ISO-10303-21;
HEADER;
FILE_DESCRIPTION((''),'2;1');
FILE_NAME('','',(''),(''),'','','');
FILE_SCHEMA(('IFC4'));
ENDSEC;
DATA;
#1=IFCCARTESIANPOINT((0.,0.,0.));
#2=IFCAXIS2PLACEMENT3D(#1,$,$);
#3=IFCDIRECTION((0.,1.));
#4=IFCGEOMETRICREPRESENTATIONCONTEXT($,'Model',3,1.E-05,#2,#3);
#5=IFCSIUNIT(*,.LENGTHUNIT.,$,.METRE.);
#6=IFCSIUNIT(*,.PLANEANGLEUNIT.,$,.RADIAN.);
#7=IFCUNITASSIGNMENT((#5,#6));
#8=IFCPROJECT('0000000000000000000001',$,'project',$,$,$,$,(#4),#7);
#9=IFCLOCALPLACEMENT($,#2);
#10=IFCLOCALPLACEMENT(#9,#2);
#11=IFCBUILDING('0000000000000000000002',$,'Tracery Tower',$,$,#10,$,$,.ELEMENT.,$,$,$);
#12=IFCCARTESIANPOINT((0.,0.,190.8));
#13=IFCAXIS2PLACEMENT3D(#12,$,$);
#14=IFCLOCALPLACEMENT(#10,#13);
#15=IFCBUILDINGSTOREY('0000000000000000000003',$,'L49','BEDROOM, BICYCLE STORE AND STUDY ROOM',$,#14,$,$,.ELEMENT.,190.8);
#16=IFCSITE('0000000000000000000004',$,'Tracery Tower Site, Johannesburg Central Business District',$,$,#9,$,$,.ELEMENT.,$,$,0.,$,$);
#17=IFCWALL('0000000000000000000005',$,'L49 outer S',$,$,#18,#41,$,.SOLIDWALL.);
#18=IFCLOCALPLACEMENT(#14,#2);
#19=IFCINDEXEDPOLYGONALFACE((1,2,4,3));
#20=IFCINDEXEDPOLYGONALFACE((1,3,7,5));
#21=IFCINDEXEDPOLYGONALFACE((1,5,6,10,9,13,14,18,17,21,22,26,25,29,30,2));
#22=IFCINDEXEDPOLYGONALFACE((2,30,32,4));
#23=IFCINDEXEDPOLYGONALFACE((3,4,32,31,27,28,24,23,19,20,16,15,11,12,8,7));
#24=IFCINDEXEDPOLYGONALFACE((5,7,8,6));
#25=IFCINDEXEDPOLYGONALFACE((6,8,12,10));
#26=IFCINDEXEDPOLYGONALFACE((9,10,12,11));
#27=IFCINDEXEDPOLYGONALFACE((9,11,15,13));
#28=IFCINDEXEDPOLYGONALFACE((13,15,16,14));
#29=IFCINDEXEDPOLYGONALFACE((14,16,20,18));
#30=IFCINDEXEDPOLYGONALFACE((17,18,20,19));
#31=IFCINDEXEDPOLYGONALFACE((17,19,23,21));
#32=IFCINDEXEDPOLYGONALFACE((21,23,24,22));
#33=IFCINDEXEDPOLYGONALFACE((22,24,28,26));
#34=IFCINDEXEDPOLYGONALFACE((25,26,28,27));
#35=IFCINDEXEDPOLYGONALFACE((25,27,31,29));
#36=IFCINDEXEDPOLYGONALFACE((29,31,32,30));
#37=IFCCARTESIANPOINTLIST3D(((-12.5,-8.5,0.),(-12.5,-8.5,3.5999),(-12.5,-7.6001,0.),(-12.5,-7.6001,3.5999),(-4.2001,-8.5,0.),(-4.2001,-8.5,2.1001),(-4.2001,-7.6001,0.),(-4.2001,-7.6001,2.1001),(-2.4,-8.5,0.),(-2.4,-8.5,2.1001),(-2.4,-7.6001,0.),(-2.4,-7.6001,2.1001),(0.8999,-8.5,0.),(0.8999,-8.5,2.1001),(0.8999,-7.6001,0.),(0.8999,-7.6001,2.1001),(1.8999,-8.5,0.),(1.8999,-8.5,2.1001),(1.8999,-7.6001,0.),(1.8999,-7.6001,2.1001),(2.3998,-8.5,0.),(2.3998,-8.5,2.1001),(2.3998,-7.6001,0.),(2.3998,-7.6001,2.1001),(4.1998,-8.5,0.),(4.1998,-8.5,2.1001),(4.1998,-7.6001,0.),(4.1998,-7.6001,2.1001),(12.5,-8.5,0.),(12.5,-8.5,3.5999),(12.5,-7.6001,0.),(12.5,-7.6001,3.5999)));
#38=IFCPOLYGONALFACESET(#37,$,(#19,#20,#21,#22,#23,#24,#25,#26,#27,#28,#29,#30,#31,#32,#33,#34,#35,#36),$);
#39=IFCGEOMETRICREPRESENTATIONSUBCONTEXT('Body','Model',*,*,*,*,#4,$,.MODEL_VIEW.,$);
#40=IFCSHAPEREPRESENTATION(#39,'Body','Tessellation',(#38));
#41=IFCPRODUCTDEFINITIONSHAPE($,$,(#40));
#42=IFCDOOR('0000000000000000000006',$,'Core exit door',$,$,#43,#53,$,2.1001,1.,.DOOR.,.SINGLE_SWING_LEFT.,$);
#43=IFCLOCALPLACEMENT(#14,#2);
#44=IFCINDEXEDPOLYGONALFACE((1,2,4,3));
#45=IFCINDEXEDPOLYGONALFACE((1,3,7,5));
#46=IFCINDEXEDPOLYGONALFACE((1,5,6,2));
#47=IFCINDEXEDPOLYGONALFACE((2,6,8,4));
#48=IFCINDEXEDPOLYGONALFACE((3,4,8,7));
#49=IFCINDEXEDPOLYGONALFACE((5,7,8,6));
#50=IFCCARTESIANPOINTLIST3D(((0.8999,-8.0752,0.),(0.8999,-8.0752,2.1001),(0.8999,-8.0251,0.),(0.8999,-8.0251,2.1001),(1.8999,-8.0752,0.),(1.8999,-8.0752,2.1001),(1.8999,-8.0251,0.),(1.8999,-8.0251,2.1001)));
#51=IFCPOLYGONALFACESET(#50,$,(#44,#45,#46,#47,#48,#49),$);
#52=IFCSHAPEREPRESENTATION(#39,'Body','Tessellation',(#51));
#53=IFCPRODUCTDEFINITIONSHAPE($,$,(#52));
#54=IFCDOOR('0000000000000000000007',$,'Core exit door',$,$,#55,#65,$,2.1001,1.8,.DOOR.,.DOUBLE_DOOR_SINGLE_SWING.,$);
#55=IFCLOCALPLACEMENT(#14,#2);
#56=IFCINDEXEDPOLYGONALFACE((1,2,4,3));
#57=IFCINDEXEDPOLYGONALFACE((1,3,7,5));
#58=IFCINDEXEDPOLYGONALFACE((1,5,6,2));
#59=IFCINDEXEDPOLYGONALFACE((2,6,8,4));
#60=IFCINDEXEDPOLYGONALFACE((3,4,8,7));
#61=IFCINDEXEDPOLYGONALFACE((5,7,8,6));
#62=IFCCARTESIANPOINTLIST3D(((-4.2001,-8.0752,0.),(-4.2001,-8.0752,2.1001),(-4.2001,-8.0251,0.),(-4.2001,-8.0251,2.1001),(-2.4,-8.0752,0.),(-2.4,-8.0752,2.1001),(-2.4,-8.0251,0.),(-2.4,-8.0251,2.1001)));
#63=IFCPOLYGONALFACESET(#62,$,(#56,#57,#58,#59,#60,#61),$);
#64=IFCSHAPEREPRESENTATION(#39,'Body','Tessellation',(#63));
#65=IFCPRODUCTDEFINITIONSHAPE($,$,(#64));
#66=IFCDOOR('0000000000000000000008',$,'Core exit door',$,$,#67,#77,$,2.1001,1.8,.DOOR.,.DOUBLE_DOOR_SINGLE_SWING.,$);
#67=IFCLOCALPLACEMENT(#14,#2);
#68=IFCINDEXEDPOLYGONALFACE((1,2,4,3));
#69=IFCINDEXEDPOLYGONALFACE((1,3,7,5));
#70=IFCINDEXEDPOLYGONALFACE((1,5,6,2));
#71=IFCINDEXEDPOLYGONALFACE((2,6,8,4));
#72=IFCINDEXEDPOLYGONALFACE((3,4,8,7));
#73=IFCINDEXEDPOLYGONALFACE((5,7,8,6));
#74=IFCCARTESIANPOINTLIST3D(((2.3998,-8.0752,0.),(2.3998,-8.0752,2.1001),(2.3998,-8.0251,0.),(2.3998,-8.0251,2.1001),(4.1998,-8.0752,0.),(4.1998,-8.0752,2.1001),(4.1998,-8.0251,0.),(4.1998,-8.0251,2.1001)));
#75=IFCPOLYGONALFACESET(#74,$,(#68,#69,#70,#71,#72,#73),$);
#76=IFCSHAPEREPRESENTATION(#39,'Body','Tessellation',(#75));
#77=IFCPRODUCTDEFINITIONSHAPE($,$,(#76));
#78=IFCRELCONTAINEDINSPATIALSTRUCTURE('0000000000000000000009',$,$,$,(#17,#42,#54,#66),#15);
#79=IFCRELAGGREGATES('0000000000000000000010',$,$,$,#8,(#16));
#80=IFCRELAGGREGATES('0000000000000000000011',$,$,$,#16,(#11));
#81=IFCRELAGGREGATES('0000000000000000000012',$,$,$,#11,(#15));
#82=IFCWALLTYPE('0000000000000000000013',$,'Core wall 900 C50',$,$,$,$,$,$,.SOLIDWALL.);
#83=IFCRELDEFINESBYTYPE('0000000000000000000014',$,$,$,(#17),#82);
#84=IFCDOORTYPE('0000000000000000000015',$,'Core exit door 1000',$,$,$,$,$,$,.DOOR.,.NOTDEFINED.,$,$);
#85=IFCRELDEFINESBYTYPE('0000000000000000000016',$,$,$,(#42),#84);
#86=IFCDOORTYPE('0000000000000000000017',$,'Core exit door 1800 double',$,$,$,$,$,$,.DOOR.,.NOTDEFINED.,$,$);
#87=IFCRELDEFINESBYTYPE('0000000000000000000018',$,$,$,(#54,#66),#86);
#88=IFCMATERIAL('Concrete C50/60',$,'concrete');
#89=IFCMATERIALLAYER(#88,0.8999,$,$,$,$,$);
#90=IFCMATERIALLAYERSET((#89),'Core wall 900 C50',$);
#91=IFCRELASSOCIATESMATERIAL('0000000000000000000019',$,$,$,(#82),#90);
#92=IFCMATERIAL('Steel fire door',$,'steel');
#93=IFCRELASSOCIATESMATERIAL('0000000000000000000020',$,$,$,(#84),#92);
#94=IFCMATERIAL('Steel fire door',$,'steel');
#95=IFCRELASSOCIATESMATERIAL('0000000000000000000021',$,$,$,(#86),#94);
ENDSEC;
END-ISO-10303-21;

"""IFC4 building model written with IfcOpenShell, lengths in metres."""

from ifc_helpers import new_model, si_unit, direction, frame, frame_2d, origin, place, context, subcontext, project, spatial, rectangle, extrude, material, layer, layer_set, type_object, element, fill, save


model = new_model("IFC4")

# Units and contexts
model_context = context("Model", 3, precision=1e-05, world=origin(), true_north=direction((0.0, 1.0)))
body_context = subcontext(model_context, "Body", "Model", "MODEL_VIEW")
ifc_project = project(units=[si_unit("LENGTHUNIT", "METRE"), si_unit("PLANEANGLEUNIT", "RADIAN")], contexts=[model_context])

# Site, building, storey
site_placement = place(None, origin())
site = spatial("IfcSite", under=ifc_project, at=site_placement, Name="Tracery Tower Site, Johannesburg Central Business District", CompositionType="ELEMENT", RefElevation=0.0)
building_placement = place(site_placement, origin())
building = spatial("IfcBuilding", under=site, at=building_placement, Name="Tracery Tower", CompositionType="ELEMENT")
storey_placement = place(building_placement, frame((0.0, 0.0, 190.8)))
storey = spatial("IfcBuildingStorey", under=building, at=storey_placement, Name="L49", Description="BEDROOM, BICYCLE STORE AND STUDY ROOM", CompositionType="ELEMENT", Elevation=190.8)

# Wall, openings, doors
ifc_material_1 = material(Name="Concrete C50/60", Category="concrete")
ifc_layer_1 = layer(ifc_material_1, 0.8999)
ifc_layer_set_1 = layer_set([ifc_layer_1], Name="Core wall 900 C50")
wall_type_1 = type_object("IfcWallType", Name="Core wall 900 C50", PredefinedType="SOLIDWALL", material=ifc_layer_set_1)
wall_1_placement = place(storey_placement, frame((-12.5, -8.05, 0.0), z_axis=(0.0, 0.0, 1.0), x_axis=(1.0, 0.0, 0.0)))
wall_1 = element("IfcWall", 1, at=wall_1_placement, inside=storey, type_object=wall_type_1, Name="L49 outer S", PredefinedType="SOLIDWALL", context=body_context, shape_type="SweptSolid", body=[
    extrude(rectangle(XDim=25.0, YDim=0.8999, at=frame_2d((12.5, 0.0))), origin(), (0.0, 0.0, 1.0), 3.5999),
])
opening_1_placement = place(wall_1_placement, frame((13.3999, 0.0, 0.0)))
opening_1 = element("IfcOpeningElement", 2, at=opening_1_placement, cuts=wall_1, PredefinedType="OPENING", context=body_context, shape_type="SweptSolid", body=[
    extrude(rectangle(XDim=1.0, YDim=2.1001, at=frame_2d((0.5, 1.05))), frame((0.0, 0.45, 0.0), z_axis=(0.0, -1.0, 0.0), x_axis=(1.0, 0.0, 0.0)), (0.0, 0.0, 1.0), 0.8999),
])
opening_2_placement = place(wall_1_placement, frame((8.3, 0.0, 0.0)))
opening_2 = element("IfcOpeningElement", 3, at=opening_2_placement, cuts=wall_1, PredefinedType="OPENING", context=body_context, shape_type="SweptSolid", body=[
    extrude(rectangle(XDim=1.8, YDim=2.1001, at=frame_2d((0.8999, 1.05))), frame((0.0, 0.45, 0.0), z_axis=(0.0, -1.0, 0.0), x_axis=(1.0, 0.0, 0.0)), (0.0, 0.0, 1.0), 0.8999),
])
opening_3_placement = place(wall_1_placement, frame((14.8999, 0.0, 0.0)))
opening_3 = element("IfcOpeningElement", 4, at=opening_3_placement, cuts=wall_1, PredefinedType="OPENING", context=body_context, shape_type="SweptSolid", body=[
    extrude(rectangle(XDim=1.8, YDim=2.1001, at=frame_2d((0.8999, 1.05))), frame((0.0, 0.45, 0.0), z_axis=(0.0, -1.0, 0.0), x_axis=(1.0, 0.0, 0.0)), (0.0, 0.0, 1.0), 0.8999),
])
ifc_material_2 = material(Name="Steel fire door", Category="steel")
door_type_1 = type_object("IfcDoorType", Name="Core exit door 1000", OperationType="NOTDEFINED", PredefinedType="DOOR", material=ifc_material_2)
door_1_placement = place(opening_1_placement, origin())
door_1 = element("IfcDoor", 5, at=door_1_placement, inside=storey, type_object=door_type_1, Name="Core exit door", OperationType="SINGLE_SWING_LEFT", OverallHeight=2.1001, OverallWidth=1.0, PredefinedType="DOOR", context=body_context, shape_type="SweptSolid", body=[
    extrude(rectangle(XDim=1.0, YDim=2.1001, at=frame_2d((0.5, 1.05))), frame((0.0, 0.0249, 0.0), z_axis=(0.0, -1.0, 0.0), x_axis=(1.0, 0.0, 0.0)), (0.0, 0.0, 1.0), 0.05),
])
fill(opening_1, door_1)
ifc_material_3 = material(Name="Steel fire door", Category="steel")
door_type_2 = type_object("IfcDoorType", Name="Core exit door 1800 double", OperationType="NOTDEFINED", PredefinedType="DOOR", material=ifc_material_3)
door_2_placement = place(opening_2_placement, origin())
door_2 = element("IfcDoor", 6, at=door_2_placement, inside=storey, type_object=door_type_2, Name="Core exit door", OperationType="DOUBLE_DOOR_SINGLE_SWING", OverallHeight=2.1001, OverallWidth=1.8, PredefinedType="DOOR", context=body_context, shape_type="SweptSolid", body=[
    extrude(rectangle(XDim=1.8, YDim=2.1001, at=frame_2d((0.8999, 1.05))), frame((0.0, 0.0249, 0.0), z_axis=(0.0, -1.0, 0.0), x_axis=(1.0, 0.0, 0.0)), (0.0, 0.0, 1.0), 0.05),
])
fill(opening_2, door_2)
door_3_placement = place(opening_3_placement, origin())
door_3 = element("IfcDoor", 7, at=door_3_placement, inside=storey, type_object=door_type_2, Name="Core exit door", OperationType="DOUBLE_DOOR_SINGLE_SWING", OverallHeight=2.1001, OverallWidth=1.8, PredefinedType="DOOR", context=body_context, shape_type="SweptSolid", body=[
    extrude(rectangle(XDim=1.8, YDim=2.1001, at=frame_2d((0.8999, 1.05))), frame((0.0, 0.0249, 0.0), z_axis=(0.0, -1.0, 0.0), x_axis=(1.0, 0.0, 0.0)), (0.0, 0.0, 1.0), 0.05),
])
fill(opening_3, door_3)

save(model, "model.ifc")
